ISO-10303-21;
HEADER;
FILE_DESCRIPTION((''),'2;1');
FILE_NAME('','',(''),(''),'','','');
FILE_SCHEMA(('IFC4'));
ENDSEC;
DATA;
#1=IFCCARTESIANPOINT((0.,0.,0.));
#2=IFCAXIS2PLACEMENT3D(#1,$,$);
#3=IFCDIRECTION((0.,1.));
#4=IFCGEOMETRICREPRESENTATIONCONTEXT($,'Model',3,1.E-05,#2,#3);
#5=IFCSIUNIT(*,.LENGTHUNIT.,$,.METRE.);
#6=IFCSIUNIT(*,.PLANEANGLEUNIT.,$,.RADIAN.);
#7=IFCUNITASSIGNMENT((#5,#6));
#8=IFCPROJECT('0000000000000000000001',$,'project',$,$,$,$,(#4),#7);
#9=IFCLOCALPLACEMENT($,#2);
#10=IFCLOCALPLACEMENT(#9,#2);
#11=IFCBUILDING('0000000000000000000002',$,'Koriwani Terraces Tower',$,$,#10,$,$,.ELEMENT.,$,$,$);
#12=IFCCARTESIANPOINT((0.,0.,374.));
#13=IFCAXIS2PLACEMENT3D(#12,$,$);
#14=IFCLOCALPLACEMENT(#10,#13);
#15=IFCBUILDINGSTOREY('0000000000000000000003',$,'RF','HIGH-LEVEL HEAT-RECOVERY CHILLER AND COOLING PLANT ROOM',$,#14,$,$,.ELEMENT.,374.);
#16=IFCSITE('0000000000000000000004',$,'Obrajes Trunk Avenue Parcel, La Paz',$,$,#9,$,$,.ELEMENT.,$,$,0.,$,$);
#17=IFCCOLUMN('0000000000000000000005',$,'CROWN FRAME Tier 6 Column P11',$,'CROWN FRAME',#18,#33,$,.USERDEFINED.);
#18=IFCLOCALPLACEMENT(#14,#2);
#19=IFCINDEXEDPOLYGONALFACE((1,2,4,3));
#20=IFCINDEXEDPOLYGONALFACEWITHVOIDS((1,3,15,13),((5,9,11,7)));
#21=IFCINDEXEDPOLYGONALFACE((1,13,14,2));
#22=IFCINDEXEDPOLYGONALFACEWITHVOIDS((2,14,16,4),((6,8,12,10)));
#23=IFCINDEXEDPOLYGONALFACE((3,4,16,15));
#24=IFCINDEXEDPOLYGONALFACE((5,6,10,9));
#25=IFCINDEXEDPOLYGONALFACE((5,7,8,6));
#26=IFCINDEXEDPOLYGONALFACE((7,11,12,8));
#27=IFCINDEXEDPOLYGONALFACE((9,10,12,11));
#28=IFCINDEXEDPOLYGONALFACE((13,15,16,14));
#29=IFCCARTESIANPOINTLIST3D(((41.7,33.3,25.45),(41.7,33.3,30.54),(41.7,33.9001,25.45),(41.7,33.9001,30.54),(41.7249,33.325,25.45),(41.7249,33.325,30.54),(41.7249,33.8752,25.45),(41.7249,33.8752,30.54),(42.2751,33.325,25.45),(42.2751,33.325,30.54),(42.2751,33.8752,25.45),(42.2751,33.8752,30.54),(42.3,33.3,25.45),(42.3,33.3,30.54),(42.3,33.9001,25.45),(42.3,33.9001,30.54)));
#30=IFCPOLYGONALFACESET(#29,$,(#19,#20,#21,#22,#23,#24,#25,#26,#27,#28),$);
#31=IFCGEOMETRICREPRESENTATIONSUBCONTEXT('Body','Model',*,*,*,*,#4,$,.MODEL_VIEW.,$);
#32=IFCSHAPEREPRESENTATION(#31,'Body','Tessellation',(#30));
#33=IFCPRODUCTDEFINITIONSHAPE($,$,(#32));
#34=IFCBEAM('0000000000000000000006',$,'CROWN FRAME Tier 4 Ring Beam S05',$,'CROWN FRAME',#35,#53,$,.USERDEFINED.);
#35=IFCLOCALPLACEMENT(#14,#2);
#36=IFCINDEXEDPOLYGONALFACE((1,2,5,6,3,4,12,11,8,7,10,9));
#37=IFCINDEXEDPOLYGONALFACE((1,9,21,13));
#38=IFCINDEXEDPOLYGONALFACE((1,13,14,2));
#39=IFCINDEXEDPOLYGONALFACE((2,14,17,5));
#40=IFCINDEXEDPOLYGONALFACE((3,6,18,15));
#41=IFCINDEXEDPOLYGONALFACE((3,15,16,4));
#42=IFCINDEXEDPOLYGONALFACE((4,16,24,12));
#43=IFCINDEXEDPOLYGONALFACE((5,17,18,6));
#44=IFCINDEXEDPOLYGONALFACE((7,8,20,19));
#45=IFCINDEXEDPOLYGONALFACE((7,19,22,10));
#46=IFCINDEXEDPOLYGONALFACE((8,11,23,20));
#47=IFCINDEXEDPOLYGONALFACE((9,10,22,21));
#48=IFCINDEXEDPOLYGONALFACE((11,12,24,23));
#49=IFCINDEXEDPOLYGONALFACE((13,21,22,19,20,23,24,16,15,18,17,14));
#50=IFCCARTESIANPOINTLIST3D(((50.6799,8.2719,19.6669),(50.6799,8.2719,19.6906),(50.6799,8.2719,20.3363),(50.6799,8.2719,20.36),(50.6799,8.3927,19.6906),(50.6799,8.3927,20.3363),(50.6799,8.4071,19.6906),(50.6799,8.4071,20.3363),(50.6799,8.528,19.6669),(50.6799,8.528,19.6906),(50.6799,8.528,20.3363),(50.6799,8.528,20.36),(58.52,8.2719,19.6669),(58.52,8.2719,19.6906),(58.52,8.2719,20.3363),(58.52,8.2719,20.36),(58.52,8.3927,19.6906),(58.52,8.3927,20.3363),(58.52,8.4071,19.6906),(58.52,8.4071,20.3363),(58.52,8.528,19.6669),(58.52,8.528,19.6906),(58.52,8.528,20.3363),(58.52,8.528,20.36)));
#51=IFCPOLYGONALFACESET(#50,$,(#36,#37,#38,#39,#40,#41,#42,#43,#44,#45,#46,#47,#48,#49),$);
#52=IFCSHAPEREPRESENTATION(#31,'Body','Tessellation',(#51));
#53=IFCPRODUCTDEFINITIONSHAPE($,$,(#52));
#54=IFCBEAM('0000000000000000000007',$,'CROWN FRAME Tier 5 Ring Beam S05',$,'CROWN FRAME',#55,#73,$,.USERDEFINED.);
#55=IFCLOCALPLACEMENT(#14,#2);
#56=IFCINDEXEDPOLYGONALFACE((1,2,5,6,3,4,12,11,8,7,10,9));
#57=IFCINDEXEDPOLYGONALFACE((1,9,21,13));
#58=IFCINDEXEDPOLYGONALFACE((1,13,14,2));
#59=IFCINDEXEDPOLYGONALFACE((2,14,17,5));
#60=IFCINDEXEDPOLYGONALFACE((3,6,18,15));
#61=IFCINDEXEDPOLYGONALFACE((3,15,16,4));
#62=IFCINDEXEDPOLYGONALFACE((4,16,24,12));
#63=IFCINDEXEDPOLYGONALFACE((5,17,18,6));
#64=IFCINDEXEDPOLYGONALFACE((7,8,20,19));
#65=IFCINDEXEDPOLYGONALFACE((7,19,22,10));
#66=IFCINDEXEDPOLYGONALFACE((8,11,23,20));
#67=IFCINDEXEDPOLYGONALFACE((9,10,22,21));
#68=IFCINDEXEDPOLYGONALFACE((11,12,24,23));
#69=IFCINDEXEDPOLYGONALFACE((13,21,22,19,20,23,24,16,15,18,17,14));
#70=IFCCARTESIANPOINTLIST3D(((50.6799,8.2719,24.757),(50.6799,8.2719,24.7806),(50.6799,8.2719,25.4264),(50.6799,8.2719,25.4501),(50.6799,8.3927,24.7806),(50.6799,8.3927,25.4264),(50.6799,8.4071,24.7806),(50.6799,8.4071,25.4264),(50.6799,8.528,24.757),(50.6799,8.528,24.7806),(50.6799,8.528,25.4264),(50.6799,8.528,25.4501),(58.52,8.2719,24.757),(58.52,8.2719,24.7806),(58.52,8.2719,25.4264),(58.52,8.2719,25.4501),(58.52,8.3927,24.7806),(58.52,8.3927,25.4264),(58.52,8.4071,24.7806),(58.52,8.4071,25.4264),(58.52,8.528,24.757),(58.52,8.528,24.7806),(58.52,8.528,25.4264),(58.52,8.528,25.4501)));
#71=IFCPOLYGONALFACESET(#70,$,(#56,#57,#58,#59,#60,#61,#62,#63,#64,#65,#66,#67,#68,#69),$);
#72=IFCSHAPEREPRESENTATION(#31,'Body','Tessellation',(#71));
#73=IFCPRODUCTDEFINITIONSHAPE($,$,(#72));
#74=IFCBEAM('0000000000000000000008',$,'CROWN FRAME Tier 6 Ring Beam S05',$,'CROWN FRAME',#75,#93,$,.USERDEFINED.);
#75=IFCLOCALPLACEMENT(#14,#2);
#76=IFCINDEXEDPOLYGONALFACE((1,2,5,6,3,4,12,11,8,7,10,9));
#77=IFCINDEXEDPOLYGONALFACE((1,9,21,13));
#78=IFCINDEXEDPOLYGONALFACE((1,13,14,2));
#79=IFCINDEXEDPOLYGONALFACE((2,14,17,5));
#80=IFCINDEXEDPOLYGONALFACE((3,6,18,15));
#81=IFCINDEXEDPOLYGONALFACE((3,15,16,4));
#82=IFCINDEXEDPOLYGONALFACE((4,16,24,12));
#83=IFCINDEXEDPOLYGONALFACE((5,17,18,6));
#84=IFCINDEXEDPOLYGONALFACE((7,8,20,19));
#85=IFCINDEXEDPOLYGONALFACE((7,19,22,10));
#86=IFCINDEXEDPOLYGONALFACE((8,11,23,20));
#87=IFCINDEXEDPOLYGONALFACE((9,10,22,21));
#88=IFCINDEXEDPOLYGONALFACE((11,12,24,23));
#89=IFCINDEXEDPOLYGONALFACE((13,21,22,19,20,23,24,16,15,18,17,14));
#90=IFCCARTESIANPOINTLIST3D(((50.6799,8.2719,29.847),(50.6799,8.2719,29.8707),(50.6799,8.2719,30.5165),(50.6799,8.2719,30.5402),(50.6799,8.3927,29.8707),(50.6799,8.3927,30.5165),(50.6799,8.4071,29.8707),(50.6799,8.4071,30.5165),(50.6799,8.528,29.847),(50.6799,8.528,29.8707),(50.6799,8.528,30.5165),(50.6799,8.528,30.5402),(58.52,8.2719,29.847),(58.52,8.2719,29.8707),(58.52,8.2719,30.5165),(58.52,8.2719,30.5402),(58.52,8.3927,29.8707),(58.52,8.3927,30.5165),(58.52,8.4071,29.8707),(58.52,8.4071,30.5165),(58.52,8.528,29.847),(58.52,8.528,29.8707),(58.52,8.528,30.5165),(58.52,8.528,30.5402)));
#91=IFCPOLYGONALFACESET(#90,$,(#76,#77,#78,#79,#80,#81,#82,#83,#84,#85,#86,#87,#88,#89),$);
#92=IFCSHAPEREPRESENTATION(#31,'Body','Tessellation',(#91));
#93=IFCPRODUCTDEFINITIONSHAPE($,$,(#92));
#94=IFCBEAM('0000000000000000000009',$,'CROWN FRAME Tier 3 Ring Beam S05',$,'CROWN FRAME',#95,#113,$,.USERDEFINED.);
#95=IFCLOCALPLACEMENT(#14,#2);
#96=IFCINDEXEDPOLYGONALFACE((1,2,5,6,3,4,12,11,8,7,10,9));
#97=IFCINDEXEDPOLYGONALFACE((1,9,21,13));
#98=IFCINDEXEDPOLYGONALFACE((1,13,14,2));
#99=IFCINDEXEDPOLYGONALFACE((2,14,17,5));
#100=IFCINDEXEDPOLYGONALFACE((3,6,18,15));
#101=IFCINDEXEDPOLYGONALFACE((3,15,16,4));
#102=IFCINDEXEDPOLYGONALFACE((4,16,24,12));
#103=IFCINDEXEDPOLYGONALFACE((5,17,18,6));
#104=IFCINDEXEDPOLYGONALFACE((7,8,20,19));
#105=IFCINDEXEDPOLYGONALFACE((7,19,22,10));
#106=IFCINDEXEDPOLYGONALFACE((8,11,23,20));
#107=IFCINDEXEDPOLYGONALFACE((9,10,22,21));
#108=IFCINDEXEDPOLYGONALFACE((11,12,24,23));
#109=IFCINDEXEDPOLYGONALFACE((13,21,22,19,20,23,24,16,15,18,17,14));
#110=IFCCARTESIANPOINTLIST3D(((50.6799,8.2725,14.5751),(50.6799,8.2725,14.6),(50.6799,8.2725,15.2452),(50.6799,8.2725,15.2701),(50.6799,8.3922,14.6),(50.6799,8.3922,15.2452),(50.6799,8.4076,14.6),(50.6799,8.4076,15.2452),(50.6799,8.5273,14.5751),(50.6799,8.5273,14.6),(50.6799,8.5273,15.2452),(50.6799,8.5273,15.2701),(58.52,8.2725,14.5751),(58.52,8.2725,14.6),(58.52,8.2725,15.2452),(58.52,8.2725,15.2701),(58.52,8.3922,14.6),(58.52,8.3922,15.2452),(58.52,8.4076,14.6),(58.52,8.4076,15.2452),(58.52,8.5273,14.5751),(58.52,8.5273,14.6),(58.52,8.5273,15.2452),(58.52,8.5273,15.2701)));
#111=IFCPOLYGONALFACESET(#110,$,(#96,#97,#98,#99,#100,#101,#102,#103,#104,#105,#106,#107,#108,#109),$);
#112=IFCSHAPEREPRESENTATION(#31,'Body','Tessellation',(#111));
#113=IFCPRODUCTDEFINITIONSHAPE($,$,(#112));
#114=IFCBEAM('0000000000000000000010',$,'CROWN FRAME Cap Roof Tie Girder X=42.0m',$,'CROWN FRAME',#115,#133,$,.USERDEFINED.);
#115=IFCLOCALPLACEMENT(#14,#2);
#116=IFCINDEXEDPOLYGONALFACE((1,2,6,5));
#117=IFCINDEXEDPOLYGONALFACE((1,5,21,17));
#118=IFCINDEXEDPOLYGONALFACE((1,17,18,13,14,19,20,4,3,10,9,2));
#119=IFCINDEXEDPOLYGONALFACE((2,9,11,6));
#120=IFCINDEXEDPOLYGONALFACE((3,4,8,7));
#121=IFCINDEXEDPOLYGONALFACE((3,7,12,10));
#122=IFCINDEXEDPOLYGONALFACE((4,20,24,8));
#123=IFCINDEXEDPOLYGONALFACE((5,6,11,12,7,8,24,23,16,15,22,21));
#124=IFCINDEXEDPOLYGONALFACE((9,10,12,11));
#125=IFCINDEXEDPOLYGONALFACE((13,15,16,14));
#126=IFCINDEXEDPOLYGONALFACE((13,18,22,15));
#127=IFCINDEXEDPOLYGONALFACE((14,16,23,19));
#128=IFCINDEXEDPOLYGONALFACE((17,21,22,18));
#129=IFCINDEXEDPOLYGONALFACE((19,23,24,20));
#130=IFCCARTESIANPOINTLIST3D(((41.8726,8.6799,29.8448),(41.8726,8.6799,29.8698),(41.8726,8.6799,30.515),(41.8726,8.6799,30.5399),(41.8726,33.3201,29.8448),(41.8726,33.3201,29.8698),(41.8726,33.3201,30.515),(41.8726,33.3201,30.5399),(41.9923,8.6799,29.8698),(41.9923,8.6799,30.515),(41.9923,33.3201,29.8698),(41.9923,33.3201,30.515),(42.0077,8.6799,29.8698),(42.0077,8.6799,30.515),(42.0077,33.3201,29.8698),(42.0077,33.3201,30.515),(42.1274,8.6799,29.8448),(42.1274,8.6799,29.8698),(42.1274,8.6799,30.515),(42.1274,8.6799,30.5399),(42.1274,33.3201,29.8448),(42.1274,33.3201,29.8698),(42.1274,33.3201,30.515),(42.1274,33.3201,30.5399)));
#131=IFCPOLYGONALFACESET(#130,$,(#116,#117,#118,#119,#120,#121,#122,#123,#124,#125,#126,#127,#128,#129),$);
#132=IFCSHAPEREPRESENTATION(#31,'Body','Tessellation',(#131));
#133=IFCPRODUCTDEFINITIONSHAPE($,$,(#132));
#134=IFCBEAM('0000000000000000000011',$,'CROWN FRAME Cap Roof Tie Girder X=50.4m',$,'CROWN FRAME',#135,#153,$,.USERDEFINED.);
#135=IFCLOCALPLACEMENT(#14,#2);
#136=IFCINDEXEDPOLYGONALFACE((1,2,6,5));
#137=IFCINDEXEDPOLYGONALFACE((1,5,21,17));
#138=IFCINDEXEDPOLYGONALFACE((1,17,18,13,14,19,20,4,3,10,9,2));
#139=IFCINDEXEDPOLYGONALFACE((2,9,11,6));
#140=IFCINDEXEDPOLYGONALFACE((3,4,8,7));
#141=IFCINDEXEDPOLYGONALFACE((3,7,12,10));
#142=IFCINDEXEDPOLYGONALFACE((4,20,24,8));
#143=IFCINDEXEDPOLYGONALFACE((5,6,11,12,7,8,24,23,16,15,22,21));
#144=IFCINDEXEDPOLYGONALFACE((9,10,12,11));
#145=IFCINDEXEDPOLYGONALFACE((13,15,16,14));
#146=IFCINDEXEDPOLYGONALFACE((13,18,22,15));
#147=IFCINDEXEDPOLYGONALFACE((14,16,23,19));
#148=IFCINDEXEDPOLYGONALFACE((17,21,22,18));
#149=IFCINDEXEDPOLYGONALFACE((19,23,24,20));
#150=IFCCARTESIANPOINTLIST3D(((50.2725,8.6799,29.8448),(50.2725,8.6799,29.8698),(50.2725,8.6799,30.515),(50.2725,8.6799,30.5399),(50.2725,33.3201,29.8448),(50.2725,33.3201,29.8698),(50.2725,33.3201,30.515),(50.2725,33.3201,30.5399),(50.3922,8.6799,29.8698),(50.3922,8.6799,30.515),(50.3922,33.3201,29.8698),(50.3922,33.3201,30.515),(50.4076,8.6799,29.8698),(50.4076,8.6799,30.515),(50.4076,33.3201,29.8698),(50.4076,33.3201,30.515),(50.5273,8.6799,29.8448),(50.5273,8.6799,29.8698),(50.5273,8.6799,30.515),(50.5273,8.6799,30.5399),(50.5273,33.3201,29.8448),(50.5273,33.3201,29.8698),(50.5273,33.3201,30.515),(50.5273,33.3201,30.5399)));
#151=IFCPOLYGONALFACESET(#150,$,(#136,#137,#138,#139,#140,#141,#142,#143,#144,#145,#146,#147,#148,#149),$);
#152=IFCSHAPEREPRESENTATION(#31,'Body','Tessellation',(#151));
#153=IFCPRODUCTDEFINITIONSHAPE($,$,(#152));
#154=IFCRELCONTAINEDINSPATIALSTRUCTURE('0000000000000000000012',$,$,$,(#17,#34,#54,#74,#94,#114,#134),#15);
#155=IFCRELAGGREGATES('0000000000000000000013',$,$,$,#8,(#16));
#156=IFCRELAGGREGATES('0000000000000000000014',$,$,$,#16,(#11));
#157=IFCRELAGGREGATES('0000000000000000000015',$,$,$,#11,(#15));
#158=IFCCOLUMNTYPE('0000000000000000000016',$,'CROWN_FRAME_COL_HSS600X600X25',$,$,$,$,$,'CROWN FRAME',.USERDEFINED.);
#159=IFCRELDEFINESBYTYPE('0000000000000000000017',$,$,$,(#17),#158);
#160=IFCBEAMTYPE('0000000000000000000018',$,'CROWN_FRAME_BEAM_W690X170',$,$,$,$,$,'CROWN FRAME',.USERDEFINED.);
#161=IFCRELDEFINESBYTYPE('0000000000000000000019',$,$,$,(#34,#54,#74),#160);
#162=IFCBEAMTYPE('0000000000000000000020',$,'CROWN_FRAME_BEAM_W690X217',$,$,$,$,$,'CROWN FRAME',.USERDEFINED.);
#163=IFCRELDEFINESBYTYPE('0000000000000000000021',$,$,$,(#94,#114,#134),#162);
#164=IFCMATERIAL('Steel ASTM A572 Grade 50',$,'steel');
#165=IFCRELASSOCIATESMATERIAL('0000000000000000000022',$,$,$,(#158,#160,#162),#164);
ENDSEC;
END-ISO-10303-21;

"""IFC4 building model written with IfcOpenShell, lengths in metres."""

from ifc_helpers import new_model, si_unit, direction, frame, origin, origin_2d, place, context, subcontext, project, spatial, hollow_rectangle, i_section, extrude, material, material_profile, profile_set, type_object, element, save


model = new_model("IFC4")

# Units and contexts
model_context = context("Model", 3, precision=1e-05, world=origin(), true_north=direction((0.0, 1.0)))
body_context = subcontext(model_context, "Body", "Model", "MODEL_VIEW")
ifc_project = project(units=[si_unit("LENGTHUNIT", "METRE"), si_unit("PLANEANGLEUNIT", "RADIAN")], contexts=[model_context])

# Site, building, storey
site_placement = place(None, origin())
site = spatial("IfcSite", under=ifc_project, at=site_placement, Name="Obrajes Trunk Avenue Parcel, La Paz", CompositionType="ELEMENT", RefElevation=0.0)
building_placement = place(site_placement, origin())
building = spatial("IfcBuilding", under=site, at=building_placement, Name="Koriwani Terraces Tower", CompositionType="ELEMENT")
storey_placement = place(building_placement, frame((0.0, 0.0, 374.0)))
storey = spatial("IfcBuildingStorey", under=building, at=storey_placement, Name="RF", Description="HIGH-LEVEL HEAT-RECOVERY CHILLER AND COOLING PLANT ROOM", CompositionType="ELEMENT", Elevation=374.0)

# Column
ifc_material = material(Name="Steel ASTM A572 Grade 50", Category="steel")
ifc_material_profile_1 = material_profile(ifc_material, hollow_rectangle(XDim=0.6001, YDim=0.6001, WallThickness=0.0249, at=origin_2d()), Name="Steel ASTM A572 Grade 50", Category="LoadBearing")
ifc_profile_set_1 = profile_set([ifc_material_profile_1], Name="Steel ASTM A572 Grade 50")
column_type = type_object("IfcColumnType", Name="CROWN_FRAME_COL_HSS600X600X25", ElementType="CROWN FRAME", PredefinedType="USERDEFINED", material=ifc_profile_set_1)
column_1_placement = place(storey_placement, frame((42.0, 33.6001, 25.45), z_axis=(0.0, 0.0, 1.0), x_axis=(1.0, 0.0, 0.0)))
element("IfcColumn", 1, at=column_1_placement, inside=storey, type_object=column_type, Name="CROWN FRAME Tier 6 Column P11", ObjectType="CROWN FRAME", PredefinedType="USERDEFINED", context=body_context, shape_type="SweptSolid", body=[
    extrude(hollow_rectangle(XDim=0.6001, YDim=0.6001, WallThickness=0.0249, at=origin_2d()), origin(), (0.0, 0.0, 1.0), 5.0901),
])

# Beams
ifc_material_profile_2 = material_profile(ifc_material, i_section(OverallWidth=0.2561, OverallDepth=0.6931, WebThickness=0.0144, FlangeThickness=0.0237, at=origin_2d()), Name="Steel ASTM A572 Grade 50", Category="LoadBearing")
ifc_profile_set_2 = profile_set([ifc_material_profile_2], Name="Steel ASTM A572 Grade 50")
beam_type_1 = type_object("IfcBeamType", Name="CROWN_FRAME_BEAM_W690X170", ElementType="CROWN FRAME", PredefinedType="USERDEFINED", material=ifc_profile_set_2)
for number, where, z_axis, x_axis, name in (
    (2, (50.6799, 8.3999, 20.0134), (1.0, 0.0, 0.0), (0.0, 1.0, 0.0), "CROWN FRAME Tier 4 Ring Beam S05"),
    (3, (50.6799, 8.3999, 25.1035), (1.0, 0.0, 0.0), (0.0, 1.0, 0.0), "CROWN FRAME Tier 5 Ring Beam S05"),
    (4, (50.6799, 8.3999, 30.1936), (1.0, 0.0, 0.0), (0.0, 1.0, 0.0), "CROWN FRAME Tier 6 Ring Beam S05"),
):
    element("IfcBeam", number, at=place(storey_placement, frame(where, z_axis=z_axis, x_axis=x_axis)), inside=storey, type_object=beam_type_1, Name=name, ObjectType="CROWN FRAME", PredefinedType="USERDEFINED", context=body_context, shape_type="SweptSolid", body=[
        extrude(i_section(OverallWidth=0.2561, OverallDepth=0.6931, WebThickness=0.0144, FlangeThickness=0.0237, at=origin_2d()), origin(), (0.0, 0.0, 1.0), 7.8401),
    ])
ifc_material_profile_3 = material_profile(ifc_material, i_section(OverallWidth=0.2549, OverallDepth=0.6951, WebThickness=0.0154, FlangeThickness=0.0249, at=origin_2d()), Name="Steel ASTM A572 Grade 50", Category="LoadBearing")
ifc_profile_set_3 = profile_set([ifc_material_profile_3], Name="Steel ASTM A572 Grade 50")
beam_type_2 = type_object("IfcBeamType", Name="CROWN_FRAME_BEAM_W690X217", ElementType="CROWN FRAME", PredefinedType="USERDEFINED", material=ifc_profile_set_3)
beam_placement = place(storey_placement, frame((50.6799, 8.3999, 14.9226), z_axis=(1.0, 0.0, 0.0), x_axis=(0.0, 1.0, 0.0)))
element("IfcBeam", 5, at=beam_placement, inside=storey, type_object=beam_type_2, Name="CROWN FRAME Tier 3 Ring Beam S05", ObjectType="CROWN FRAME", PredefinedType="USERDEFINED", context=body_context, shape_type="SweptSolid", body=[
    extrude(i_section(OverallWidth=0.2549, OverallDepth=0.6951, WebThickness=0.0154, FlangeThickness=0.0249, at=origin_2d()), origin(), (0.0, 0.0, 1.0), 7.8401),
])
for number, where, z_axis, x_axis, name in (
    (6, (42.0, 8.6799, 30.1924), (0.0, 1.0, 0.0), (-1.0, 0.0, 0.0), "CROWN FRAME Cap Roof Tie Girder X=42.0m"),
    (7, (50.3999, 8.6799, 30.1924), (0.0, 1.0, 0.0), (-1.0, 0.0, 0.0), "CROWN FRAME Cap Roof Tie Girder X=50.4m"),
):
    element("IfcBeam", number, at=place(storey_placement, frame(where, z_axis=z_axis, x_axis=x_axis)), inside=storey, type_object=beam_type_2, Name=name, ObjectType="CROWN FRAME", PredefinedType="USERDEFINED", context=body_context, shape_type="SweptSolid", body=[
        extrude(i_section(OverallWidth=0.2549, OverallDepth=0.6951, WebThickness=0.0154, FlangeThickness=0.0249, at=origin_2d()), origin(), (0.0, 0.0, 1.0), 24.6401),
    ])

save(model, "model.ifc")
